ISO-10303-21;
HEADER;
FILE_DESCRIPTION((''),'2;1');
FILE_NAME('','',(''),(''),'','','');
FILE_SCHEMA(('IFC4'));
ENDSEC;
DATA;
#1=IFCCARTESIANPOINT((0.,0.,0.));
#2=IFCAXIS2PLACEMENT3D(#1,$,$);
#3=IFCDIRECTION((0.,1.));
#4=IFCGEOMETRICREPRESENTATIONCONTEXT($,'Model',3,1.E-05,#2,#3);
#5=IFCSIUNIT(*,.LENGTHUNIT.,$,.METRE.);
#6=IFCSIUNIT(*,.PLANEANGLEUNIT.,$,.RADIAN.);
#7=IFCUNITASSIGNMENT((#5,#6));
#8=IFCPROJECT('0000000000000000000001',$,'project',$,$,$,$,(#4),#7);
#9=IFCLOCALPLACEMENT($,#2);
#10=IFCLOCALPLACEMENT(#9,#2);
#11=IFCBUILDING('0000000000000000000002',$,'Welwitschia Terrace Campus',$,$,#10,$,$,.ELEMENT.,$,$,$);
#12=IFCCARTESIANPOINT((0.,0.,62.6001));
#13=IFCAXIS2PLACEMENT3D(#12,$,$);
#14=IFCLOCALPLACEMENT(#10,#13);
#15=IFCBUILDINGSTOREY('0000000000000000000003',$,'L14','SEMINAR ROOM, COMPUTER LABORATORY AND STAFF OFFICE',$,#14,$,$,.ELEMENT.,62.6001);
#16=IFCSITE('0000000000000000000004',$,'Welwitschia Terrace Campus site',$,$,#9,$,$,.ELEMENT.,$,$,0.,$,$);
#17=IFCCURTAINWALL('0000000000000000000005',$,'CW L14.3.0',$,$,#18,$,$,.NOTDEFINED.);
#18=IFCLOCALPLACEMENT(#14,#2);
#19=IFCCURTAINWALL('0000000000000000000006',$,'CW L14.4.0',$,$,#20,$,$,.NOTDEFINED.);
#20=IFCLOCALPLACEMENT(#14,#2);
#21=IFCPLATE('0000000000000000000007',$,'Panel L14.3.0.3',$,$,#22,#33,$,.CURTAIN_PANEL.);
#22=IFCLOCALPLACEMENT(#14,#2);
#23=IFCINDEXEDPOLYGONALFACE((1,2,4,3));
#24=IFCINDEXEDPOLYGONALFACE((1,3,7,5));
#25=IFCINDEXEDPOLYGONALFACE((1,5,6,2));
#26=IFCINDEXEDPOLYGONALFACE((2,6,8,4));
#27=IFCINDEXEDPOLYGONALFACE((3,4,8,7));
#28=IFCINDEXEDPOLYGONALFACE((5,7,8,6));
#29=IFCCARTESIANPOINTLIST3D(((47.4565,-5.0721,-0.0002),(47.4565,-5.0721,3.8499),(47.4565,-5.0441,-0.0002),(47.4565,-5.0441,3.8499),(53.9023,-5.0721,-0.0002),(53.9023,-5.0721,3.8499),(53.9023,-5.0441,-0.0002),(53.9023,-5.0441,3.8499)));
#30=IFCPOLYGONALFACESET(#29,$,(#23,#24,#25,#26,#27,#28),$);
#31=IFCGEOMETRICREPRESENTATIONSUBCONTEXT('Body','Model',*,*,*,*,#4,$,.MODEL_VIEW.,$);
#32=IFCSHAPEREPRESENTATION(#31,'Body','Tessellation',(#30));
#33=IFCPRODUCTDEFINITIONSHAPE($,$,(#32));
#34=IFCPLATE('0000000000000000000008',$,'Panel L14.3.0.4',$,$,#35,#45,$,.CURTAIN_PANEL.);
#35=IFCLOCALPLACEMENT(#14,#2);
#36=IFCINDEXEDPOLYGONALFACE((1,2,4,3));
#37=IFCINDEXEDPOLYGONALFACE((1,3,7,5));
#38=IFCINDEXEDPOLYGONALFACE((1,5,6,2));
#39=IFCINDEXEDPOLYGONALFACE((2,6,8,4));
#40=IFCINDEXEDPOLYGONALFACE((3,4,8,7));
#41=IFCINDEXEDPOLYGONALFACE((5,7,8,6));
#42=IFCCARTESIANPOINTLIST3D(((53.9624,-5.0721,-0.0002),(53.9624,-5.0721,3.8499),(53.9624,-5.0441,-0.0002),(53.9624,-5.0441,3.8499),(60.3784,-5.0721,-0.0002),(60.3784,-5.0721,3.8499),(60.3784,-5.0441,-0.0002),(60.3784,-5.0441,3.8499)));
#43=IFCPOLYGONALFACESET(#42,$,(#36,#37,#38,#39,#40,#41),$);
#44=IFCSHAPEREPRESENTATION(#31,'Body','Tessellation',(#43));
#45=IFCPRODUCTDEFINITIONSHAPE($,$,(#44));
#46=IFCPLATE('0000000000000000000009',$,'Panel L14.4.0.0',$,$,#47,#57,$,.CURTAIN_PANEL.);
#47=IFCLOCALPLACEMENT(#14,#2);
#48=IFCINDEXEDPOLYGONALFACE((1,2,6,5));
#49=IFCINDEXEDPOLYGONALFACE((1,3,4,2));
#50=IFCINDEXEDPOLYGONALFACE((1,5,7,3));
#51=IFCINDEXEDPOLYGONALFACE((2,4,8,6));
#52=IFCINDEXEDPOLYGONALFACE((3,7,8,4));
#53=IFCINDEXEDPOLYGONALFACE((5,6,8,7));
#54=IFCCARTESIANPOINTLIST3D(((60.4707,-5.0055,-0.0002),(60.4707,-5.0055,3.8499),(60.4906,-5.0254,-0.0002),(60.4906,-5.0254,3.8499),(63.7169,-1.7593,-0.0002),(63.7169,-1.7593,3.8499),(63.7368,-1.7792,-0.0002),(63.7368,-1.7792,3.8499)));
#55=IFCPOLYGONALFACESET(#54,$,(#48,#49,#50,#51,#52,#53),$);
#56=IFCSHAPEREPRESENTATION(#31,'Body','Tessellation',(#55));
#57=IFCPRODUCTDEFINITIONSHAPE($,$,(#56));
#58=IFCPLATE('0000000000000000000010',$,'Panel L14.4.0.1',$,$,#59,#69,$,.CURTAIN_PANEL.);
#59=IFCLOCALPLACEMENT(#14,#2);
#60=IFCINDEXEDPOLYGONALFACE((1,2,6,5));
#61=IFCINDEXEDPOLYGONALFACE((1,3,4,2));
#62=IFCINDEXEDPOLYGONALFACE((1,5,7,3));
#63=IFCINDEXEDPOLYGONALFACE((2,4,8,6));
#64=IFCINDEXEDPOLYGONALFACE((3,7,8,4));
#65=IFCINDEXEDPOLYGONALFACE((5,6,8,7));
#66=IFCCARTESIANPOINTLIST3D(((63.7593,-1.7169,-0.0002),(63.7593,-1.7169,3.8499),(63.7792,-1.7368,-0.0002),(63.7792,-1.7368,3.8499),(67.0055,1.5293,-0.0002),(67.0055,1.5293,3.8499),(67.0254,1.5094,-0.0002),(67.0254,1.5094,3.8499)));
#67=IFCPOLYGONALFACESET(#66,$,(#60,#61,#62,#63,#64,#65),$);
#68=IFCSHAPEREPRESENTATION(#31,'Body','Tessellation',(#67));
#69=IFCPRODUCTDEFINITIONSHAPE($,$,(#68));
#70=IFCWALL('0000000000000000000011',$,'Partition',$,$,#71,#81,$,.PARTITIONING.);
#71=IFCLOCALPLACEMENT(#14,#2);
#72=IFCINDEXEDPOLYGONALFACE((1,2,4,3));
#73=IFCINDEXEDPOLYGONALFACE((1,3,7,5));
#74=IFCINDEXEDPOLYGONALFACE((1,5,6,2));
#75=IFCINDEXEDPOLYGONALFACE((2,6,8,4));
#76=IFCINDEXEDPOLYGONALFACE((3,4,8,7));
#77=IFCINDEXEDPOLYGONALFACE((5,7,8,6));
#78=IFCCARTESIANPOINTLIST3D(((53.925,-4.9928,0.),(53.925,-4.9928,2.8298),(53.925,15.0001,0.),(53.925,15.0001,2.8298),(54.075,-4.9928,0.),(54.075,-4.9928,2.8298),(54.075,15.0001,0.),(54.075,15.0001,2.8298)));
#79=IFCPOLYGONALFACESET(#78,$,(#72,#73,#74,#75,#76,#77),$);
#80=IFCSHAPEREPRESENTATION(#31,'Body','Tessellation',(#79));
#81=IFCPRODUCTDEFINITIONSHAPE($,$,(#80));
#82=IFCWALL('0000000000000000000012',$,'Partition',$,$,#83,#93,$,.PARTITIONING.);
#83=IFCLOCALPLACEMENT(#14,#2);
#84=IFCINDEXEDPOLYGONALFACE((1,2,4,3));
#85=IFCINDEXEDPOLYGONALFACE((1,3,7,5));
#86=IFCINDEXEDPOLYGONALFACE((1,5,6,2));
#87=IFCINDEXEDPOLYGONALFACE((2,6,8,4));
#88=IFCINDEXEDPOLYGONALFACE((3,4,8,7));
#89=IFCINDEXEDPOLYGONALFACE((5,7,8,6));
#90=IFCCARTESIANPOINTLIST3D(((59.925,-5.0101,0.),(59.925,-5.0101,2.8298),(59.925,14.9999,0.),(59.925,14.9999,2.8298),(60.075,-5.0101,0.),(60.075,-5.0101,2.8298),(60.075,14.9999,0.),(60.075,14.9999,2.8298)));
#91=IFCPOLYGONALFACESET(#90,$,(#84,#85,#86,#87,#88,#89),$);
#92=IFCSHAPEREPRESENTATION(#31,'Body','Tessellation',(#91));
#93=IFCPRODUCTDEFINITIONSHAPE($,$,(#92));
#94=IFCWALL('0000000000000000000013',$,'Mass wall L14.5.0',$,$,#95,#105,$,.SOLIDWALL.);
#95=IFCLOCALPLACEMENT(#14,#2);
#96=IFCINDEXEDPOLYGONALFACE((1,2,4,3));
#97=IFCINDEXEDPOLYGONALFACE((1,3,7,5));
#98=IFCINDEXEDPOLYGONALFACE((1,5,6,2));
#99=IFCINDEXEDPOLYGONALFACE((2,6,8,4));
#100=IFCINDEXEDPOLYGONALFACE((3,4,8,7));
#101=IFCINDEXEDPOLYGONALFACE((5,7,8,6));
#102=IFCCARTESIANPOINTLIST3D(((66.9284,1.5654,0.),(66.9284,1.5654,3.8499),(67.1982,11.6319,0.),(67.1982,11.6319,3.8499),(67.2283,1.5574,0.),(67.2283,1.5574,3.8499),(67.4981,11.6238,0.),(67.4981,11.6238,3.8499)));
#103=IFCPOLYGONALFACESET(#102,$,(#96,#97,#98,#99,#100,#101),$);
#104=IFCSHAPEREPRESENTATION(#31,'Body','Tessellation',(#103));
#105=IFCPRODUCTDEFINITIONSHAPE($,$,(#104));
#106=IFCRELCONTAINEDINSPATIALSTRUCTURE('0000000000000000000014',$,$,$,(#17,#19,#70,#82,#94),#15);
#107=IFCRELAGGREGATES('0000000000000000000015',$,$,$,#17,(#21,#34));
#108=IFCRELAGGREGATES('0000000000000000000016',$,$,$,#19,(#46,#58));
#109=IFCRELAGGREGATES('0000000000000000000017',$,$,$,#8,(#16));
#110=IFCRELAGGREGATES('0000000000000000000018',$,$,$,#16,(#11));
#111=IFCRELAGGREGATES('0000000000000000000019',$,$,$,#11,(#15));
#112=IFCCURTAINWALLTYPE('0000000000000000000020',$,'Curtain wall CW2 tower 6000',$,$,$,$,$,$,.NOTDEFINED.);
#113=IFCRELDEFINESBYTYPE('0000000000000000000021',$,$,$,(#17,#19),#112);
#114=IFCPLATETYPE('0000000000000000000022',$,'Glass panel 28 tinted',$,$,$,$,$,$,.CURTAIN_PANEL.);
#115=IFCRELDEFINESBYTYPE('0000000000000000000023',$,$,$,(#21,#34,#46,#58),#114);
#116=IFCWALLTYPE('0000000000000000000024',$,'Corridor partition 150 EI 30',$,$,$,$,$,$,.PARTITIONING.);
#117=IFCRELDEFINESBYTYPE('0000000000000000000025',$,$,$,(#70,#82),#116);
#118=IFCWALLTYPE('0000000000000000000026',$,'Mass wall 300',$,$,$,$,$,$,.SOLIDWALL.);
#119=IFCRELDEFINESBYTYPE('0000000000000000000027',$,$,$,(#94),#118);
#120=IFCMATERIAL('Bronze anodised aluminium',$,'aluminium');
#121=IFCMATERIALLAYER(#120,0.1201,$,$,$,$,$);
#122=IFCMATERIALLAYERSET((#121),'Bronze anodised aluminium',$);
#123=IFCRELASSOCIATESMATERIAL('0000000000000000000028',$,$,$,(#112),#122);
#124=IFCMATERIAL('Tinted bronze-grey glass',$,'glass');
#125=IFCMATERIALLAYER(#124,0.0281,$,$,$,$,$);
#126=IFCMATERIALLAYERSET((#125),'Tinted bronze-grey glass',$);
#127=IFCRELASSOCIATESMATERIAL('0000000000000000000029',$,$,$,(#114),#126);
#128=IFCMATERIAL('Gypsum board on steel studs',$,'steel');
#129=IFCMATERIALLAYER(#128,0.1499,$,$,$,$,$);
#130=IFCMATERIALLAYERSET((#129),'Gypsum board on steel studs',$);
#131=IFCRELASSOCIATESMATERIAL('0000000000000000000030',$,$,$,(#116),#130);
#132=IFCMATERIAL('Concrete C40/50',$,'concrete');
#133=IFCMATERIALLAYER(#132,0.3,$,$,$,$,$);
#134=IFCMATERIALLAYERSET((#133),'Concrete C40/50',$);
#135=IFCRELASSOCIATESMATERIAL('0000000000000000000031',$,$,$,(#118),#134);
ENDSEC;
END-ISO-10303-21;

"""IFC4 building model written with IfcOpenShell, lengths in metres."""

from ifc_helpers import new_model, si_unit, direction, frame, frame_2d, origin, origin_2d, place, context, subcontext, project, spatial, rectangle, extrude, material, layer, layer_set, type_object, element, aggregate, save


model = new_model("IFC4")

# Units and contexts
model_context = context("Model", 3, precision=1e-05, world=origin(), true_north=direction((0.0, 1.0)))
body_context = subcontext(model_context, "Body", "Model", "MODEL_VIEW")
ifc_project = project(units=[si_unit("LENGTHUNIT", "METRE"), si_unit("PLANEANGLEUNIT", "RADIAN")], contexts=[model_context])

# Site, building, storey
site_placement = place(None, origin())
site = spatial("IfcSite", under=ifc_project, at=site_placement, Name="Welwitschia Terrace Campus site", CompositionType="ELEMENT", RefElevation=0.0)
building_placement = place(site_placement, origin())
building = spatial("IfcBuilding", under=site, at=building_placement, Name="Welwitschia Terrace Campus", CompositionType="ELEMENT")
storey_placement = place(building_placement, frame((0.0, 0.0, 62.6001)))
storey = spatial("IfcBuildingStorey", under=building, at=storey_placement, Name="L14", Description="SEMINAR ROOM, COMPUTER LABORATORY AND STAFF OFFICE", CompositionType="ELEMENT", Elevation=62.6001)

# Curtain walls
ifc_material_1 = material(Name="Bronze anodised aluminium", Category="aluminium")
ifc_layer_1 = layer(ifc_material_1, 0.1201)
ifc_layer_set_1 = layer_set([ifc_layer_1], Name="Bronze anodised aluminium")
curtain_wall_type = type_object("IfcCurtainWallType", Name="Curtain wall CW2 tower 6000", PredefinedType="NOTDEFINED", material=ifc_layer_set_1)
curtain_wall_1_placement = place(storey_placement, origin())
curtain_wall_1 = element("IfcCurtainWall", 1, at=curtain_wall_1_placement, inside=storey, type_object=curtain_wall_type, Name="CW L14.3.0", PredefinedType="NOTDEFINED")
curtain_wall_2_placement = place(storey_placement, origin())
curtain_wall_2 = element("IfcCurtainWall", 2, at=curtain_wall_2_placement, inside=storey, type_object=curtain_wall_type, Name="CW L14.4.0", PredefinedType="NOTDEFINED")

# Plates
ifc_material_2 = material(Name="Tinted bronze-grey glass", Category="glass")
ifc_layer_2 = layer(ifc_material_2, 0.0281)
ifc_layer_set_2 = layer_set([ifc_layer_2], Name="Tinted bronze-grey glass")
plate_type = type_object("IfcPlateType", Name="Glass panel 28 tinted", PredefinedType="CURTAIN_PANEL", material=ifc_layer_set_2)
plate_1_placement = place(storey_placement, frame((50.6794, -5.0581, -0.0002), z_axis=(0.0, 0.0, 1.0), x_axis=(1.0, 0.0, 0.0)))
plate_1 = element("IfcPlate", 3, at=plate_1_placement, type_object=plate_type, Name="Panel L14.3.0.3", PredefinedType="CURTAIN_PANEL", context=body_context, shape_type="SweptSolid", body=[
    extrude(rectangle(XDim=6.4458, YDim=0.0281, at=origin_2d()), origin(), (0.0, 0.0, 1.0), 3.8501),
])
plate_2_placement = place(storey_placement, frame((57.1704, -5.0581, -0.0002), z_axis=(0.0, 0.0, 1.0), x_axis=(1.0, 0.0, 0.0)))
plate_2 = element("IfcPlate", 4, at=plate_2_placement, type_object=plate_type, Name="Panel L14.3.0.4", PredefinedType="CURTAIN_PANEL", context=body_context, shape_type="SweptSolid", body=[
    extrude(rectangle(XDim=6.416, YDim=0.0281, at=origin_2d()), origin(), (0.0, 0.0, 1.0), 3.8501),
])
aggregate(curtain_wall_1, [plate_1, plate_2])
plate_3_placement = place(storey_placement, frame((62.1038, -3.3923, -0.0002), z_axis=(0.0, 0.0, 1.0), x_axis=(0.707107, 0.707107, 0.0)))
plate_3 = element("IfcPlate", 5, at=plate_3_placement, type_object=plate_type, Name="Panel L14.4.0.0", PredefinedType="CURTAIN_PANEL", context=body_context, shape_type="SweptSolid", body=[
    extrude(rectangle(XDim=4.5908, YDim=0.0281, at=origin_2d()), origin(), (0.0, 0.0, 1.0), 3.8501),
])
plate_4_placement = place(storey_placement, frame((65.3923, -0.1038, -0.0002), z_axis=(0.0, 0.0, 1.0), x_axis=(0.707107, 0.707107, 0.0)))
plate_4 = element("IfcPlate", 6, at=plate_4_placement, type_object=plate_type, Name="Panel L14.4.0.1", PredefinedType="CURTAIN_PANEL", context=body_context, shape_type="SweptSolid", body=[
    extrude(rectangle(XDim=4.5908, YDim=0.0281, at=origin_2d()), origin(), (0.0, 0.0, 1.0), 3.8501),
])
aggregate(curtain_wall_2, [plate_3, plate_4])

# Walls
ifc_material_3 = material(Name="Gypsum board on steel studs", Category="steel")
ifc_layer_3 = layer(ifc_material_3, 0.1499)
ifc_layer_set_3 = layer_set([ifc_layer_3], Name="Gypsum board on steel studs")
wall_type_1 = type_object("IfcWallType", Name="Corridor partition 150 EI 30", PredefinedType="PARTITIONING", material=ifc_layer_set_3)
wall_1_placement = place(storey_placement, frame((54.0, -4.9929, 0.0), z_axis=(0.0, 0.0, 1.0), x_axis=(0.0, 1.0, 0.0)))
element("IfcWall", 7, at=wall_1_placement, inside=storey, type_object=wall_type_1, Name="Partition", PredefinedType="PARTITIONING", context=body_context, shape_type="SweptSolid", body=[
    extrude(rectangle(XDim=19.9929, YDim=0.1499, at=frame_2d((9.9966, 0.0))), origin(), (0.0, 0.0, 1.0), 2.8298),
])
wall_2_placement = place(storey_placement, frame((60.0, -5.01, 0.0), z_axis=(0.0, 0.0, 1.0), x_axis=(0.0, 1.0, 0.0)))
element("IfcWall", 8, at=wall_2_placement, inside=storey, type_object=wall_type_1, Name="Partition", PredefinedType="PARTITIONING", context=body_context, shape_type="SweptSolid", body=[
    extrude(rectangle(XDim=20.01, YDim=0.1499, at=frame_2d((10.0049, 0.0))), origin(), (0.0, 0.0, 1.0), 2.8298),
])
ifc_material_4 = material(Name="Concrete C40/50", Category="concrete")
ifc_layer_4 = layer(ifc_material_4, 0.3)
ifc_layer_set_4 = layer_set([ifc_layer_4], Name="Concrete C40/50")
wall_type_2 = type_object("IfcWallType", Name="Mass wall 300", PredefinedType="SOLIDWALL", material=ifc_layer_set_4)
wall_3_placement = place(storey_placement, frame((67.0784, 1.5613, 0.0), z_axis=(0.0, 0.0, 1.0), x_axis=(0.02679, 0.999641, 0.0)))
element("IfcWall", 9, at=wall_3_placement, inside=storey, type_object=wall_type_2, Name="Mass wall L14.5.0", PredefinedType="SOLIDWALL", context=body_context, shape_type="SweptSolid", body=[
    extrude(rectangle(XDim=10.0701, YDim=0.3, at=frame_2d((5.0352, 0.0))), origin(), (0.0, 0.0, 1.0), 3.8499),
])

save(model, "model.ifc")
